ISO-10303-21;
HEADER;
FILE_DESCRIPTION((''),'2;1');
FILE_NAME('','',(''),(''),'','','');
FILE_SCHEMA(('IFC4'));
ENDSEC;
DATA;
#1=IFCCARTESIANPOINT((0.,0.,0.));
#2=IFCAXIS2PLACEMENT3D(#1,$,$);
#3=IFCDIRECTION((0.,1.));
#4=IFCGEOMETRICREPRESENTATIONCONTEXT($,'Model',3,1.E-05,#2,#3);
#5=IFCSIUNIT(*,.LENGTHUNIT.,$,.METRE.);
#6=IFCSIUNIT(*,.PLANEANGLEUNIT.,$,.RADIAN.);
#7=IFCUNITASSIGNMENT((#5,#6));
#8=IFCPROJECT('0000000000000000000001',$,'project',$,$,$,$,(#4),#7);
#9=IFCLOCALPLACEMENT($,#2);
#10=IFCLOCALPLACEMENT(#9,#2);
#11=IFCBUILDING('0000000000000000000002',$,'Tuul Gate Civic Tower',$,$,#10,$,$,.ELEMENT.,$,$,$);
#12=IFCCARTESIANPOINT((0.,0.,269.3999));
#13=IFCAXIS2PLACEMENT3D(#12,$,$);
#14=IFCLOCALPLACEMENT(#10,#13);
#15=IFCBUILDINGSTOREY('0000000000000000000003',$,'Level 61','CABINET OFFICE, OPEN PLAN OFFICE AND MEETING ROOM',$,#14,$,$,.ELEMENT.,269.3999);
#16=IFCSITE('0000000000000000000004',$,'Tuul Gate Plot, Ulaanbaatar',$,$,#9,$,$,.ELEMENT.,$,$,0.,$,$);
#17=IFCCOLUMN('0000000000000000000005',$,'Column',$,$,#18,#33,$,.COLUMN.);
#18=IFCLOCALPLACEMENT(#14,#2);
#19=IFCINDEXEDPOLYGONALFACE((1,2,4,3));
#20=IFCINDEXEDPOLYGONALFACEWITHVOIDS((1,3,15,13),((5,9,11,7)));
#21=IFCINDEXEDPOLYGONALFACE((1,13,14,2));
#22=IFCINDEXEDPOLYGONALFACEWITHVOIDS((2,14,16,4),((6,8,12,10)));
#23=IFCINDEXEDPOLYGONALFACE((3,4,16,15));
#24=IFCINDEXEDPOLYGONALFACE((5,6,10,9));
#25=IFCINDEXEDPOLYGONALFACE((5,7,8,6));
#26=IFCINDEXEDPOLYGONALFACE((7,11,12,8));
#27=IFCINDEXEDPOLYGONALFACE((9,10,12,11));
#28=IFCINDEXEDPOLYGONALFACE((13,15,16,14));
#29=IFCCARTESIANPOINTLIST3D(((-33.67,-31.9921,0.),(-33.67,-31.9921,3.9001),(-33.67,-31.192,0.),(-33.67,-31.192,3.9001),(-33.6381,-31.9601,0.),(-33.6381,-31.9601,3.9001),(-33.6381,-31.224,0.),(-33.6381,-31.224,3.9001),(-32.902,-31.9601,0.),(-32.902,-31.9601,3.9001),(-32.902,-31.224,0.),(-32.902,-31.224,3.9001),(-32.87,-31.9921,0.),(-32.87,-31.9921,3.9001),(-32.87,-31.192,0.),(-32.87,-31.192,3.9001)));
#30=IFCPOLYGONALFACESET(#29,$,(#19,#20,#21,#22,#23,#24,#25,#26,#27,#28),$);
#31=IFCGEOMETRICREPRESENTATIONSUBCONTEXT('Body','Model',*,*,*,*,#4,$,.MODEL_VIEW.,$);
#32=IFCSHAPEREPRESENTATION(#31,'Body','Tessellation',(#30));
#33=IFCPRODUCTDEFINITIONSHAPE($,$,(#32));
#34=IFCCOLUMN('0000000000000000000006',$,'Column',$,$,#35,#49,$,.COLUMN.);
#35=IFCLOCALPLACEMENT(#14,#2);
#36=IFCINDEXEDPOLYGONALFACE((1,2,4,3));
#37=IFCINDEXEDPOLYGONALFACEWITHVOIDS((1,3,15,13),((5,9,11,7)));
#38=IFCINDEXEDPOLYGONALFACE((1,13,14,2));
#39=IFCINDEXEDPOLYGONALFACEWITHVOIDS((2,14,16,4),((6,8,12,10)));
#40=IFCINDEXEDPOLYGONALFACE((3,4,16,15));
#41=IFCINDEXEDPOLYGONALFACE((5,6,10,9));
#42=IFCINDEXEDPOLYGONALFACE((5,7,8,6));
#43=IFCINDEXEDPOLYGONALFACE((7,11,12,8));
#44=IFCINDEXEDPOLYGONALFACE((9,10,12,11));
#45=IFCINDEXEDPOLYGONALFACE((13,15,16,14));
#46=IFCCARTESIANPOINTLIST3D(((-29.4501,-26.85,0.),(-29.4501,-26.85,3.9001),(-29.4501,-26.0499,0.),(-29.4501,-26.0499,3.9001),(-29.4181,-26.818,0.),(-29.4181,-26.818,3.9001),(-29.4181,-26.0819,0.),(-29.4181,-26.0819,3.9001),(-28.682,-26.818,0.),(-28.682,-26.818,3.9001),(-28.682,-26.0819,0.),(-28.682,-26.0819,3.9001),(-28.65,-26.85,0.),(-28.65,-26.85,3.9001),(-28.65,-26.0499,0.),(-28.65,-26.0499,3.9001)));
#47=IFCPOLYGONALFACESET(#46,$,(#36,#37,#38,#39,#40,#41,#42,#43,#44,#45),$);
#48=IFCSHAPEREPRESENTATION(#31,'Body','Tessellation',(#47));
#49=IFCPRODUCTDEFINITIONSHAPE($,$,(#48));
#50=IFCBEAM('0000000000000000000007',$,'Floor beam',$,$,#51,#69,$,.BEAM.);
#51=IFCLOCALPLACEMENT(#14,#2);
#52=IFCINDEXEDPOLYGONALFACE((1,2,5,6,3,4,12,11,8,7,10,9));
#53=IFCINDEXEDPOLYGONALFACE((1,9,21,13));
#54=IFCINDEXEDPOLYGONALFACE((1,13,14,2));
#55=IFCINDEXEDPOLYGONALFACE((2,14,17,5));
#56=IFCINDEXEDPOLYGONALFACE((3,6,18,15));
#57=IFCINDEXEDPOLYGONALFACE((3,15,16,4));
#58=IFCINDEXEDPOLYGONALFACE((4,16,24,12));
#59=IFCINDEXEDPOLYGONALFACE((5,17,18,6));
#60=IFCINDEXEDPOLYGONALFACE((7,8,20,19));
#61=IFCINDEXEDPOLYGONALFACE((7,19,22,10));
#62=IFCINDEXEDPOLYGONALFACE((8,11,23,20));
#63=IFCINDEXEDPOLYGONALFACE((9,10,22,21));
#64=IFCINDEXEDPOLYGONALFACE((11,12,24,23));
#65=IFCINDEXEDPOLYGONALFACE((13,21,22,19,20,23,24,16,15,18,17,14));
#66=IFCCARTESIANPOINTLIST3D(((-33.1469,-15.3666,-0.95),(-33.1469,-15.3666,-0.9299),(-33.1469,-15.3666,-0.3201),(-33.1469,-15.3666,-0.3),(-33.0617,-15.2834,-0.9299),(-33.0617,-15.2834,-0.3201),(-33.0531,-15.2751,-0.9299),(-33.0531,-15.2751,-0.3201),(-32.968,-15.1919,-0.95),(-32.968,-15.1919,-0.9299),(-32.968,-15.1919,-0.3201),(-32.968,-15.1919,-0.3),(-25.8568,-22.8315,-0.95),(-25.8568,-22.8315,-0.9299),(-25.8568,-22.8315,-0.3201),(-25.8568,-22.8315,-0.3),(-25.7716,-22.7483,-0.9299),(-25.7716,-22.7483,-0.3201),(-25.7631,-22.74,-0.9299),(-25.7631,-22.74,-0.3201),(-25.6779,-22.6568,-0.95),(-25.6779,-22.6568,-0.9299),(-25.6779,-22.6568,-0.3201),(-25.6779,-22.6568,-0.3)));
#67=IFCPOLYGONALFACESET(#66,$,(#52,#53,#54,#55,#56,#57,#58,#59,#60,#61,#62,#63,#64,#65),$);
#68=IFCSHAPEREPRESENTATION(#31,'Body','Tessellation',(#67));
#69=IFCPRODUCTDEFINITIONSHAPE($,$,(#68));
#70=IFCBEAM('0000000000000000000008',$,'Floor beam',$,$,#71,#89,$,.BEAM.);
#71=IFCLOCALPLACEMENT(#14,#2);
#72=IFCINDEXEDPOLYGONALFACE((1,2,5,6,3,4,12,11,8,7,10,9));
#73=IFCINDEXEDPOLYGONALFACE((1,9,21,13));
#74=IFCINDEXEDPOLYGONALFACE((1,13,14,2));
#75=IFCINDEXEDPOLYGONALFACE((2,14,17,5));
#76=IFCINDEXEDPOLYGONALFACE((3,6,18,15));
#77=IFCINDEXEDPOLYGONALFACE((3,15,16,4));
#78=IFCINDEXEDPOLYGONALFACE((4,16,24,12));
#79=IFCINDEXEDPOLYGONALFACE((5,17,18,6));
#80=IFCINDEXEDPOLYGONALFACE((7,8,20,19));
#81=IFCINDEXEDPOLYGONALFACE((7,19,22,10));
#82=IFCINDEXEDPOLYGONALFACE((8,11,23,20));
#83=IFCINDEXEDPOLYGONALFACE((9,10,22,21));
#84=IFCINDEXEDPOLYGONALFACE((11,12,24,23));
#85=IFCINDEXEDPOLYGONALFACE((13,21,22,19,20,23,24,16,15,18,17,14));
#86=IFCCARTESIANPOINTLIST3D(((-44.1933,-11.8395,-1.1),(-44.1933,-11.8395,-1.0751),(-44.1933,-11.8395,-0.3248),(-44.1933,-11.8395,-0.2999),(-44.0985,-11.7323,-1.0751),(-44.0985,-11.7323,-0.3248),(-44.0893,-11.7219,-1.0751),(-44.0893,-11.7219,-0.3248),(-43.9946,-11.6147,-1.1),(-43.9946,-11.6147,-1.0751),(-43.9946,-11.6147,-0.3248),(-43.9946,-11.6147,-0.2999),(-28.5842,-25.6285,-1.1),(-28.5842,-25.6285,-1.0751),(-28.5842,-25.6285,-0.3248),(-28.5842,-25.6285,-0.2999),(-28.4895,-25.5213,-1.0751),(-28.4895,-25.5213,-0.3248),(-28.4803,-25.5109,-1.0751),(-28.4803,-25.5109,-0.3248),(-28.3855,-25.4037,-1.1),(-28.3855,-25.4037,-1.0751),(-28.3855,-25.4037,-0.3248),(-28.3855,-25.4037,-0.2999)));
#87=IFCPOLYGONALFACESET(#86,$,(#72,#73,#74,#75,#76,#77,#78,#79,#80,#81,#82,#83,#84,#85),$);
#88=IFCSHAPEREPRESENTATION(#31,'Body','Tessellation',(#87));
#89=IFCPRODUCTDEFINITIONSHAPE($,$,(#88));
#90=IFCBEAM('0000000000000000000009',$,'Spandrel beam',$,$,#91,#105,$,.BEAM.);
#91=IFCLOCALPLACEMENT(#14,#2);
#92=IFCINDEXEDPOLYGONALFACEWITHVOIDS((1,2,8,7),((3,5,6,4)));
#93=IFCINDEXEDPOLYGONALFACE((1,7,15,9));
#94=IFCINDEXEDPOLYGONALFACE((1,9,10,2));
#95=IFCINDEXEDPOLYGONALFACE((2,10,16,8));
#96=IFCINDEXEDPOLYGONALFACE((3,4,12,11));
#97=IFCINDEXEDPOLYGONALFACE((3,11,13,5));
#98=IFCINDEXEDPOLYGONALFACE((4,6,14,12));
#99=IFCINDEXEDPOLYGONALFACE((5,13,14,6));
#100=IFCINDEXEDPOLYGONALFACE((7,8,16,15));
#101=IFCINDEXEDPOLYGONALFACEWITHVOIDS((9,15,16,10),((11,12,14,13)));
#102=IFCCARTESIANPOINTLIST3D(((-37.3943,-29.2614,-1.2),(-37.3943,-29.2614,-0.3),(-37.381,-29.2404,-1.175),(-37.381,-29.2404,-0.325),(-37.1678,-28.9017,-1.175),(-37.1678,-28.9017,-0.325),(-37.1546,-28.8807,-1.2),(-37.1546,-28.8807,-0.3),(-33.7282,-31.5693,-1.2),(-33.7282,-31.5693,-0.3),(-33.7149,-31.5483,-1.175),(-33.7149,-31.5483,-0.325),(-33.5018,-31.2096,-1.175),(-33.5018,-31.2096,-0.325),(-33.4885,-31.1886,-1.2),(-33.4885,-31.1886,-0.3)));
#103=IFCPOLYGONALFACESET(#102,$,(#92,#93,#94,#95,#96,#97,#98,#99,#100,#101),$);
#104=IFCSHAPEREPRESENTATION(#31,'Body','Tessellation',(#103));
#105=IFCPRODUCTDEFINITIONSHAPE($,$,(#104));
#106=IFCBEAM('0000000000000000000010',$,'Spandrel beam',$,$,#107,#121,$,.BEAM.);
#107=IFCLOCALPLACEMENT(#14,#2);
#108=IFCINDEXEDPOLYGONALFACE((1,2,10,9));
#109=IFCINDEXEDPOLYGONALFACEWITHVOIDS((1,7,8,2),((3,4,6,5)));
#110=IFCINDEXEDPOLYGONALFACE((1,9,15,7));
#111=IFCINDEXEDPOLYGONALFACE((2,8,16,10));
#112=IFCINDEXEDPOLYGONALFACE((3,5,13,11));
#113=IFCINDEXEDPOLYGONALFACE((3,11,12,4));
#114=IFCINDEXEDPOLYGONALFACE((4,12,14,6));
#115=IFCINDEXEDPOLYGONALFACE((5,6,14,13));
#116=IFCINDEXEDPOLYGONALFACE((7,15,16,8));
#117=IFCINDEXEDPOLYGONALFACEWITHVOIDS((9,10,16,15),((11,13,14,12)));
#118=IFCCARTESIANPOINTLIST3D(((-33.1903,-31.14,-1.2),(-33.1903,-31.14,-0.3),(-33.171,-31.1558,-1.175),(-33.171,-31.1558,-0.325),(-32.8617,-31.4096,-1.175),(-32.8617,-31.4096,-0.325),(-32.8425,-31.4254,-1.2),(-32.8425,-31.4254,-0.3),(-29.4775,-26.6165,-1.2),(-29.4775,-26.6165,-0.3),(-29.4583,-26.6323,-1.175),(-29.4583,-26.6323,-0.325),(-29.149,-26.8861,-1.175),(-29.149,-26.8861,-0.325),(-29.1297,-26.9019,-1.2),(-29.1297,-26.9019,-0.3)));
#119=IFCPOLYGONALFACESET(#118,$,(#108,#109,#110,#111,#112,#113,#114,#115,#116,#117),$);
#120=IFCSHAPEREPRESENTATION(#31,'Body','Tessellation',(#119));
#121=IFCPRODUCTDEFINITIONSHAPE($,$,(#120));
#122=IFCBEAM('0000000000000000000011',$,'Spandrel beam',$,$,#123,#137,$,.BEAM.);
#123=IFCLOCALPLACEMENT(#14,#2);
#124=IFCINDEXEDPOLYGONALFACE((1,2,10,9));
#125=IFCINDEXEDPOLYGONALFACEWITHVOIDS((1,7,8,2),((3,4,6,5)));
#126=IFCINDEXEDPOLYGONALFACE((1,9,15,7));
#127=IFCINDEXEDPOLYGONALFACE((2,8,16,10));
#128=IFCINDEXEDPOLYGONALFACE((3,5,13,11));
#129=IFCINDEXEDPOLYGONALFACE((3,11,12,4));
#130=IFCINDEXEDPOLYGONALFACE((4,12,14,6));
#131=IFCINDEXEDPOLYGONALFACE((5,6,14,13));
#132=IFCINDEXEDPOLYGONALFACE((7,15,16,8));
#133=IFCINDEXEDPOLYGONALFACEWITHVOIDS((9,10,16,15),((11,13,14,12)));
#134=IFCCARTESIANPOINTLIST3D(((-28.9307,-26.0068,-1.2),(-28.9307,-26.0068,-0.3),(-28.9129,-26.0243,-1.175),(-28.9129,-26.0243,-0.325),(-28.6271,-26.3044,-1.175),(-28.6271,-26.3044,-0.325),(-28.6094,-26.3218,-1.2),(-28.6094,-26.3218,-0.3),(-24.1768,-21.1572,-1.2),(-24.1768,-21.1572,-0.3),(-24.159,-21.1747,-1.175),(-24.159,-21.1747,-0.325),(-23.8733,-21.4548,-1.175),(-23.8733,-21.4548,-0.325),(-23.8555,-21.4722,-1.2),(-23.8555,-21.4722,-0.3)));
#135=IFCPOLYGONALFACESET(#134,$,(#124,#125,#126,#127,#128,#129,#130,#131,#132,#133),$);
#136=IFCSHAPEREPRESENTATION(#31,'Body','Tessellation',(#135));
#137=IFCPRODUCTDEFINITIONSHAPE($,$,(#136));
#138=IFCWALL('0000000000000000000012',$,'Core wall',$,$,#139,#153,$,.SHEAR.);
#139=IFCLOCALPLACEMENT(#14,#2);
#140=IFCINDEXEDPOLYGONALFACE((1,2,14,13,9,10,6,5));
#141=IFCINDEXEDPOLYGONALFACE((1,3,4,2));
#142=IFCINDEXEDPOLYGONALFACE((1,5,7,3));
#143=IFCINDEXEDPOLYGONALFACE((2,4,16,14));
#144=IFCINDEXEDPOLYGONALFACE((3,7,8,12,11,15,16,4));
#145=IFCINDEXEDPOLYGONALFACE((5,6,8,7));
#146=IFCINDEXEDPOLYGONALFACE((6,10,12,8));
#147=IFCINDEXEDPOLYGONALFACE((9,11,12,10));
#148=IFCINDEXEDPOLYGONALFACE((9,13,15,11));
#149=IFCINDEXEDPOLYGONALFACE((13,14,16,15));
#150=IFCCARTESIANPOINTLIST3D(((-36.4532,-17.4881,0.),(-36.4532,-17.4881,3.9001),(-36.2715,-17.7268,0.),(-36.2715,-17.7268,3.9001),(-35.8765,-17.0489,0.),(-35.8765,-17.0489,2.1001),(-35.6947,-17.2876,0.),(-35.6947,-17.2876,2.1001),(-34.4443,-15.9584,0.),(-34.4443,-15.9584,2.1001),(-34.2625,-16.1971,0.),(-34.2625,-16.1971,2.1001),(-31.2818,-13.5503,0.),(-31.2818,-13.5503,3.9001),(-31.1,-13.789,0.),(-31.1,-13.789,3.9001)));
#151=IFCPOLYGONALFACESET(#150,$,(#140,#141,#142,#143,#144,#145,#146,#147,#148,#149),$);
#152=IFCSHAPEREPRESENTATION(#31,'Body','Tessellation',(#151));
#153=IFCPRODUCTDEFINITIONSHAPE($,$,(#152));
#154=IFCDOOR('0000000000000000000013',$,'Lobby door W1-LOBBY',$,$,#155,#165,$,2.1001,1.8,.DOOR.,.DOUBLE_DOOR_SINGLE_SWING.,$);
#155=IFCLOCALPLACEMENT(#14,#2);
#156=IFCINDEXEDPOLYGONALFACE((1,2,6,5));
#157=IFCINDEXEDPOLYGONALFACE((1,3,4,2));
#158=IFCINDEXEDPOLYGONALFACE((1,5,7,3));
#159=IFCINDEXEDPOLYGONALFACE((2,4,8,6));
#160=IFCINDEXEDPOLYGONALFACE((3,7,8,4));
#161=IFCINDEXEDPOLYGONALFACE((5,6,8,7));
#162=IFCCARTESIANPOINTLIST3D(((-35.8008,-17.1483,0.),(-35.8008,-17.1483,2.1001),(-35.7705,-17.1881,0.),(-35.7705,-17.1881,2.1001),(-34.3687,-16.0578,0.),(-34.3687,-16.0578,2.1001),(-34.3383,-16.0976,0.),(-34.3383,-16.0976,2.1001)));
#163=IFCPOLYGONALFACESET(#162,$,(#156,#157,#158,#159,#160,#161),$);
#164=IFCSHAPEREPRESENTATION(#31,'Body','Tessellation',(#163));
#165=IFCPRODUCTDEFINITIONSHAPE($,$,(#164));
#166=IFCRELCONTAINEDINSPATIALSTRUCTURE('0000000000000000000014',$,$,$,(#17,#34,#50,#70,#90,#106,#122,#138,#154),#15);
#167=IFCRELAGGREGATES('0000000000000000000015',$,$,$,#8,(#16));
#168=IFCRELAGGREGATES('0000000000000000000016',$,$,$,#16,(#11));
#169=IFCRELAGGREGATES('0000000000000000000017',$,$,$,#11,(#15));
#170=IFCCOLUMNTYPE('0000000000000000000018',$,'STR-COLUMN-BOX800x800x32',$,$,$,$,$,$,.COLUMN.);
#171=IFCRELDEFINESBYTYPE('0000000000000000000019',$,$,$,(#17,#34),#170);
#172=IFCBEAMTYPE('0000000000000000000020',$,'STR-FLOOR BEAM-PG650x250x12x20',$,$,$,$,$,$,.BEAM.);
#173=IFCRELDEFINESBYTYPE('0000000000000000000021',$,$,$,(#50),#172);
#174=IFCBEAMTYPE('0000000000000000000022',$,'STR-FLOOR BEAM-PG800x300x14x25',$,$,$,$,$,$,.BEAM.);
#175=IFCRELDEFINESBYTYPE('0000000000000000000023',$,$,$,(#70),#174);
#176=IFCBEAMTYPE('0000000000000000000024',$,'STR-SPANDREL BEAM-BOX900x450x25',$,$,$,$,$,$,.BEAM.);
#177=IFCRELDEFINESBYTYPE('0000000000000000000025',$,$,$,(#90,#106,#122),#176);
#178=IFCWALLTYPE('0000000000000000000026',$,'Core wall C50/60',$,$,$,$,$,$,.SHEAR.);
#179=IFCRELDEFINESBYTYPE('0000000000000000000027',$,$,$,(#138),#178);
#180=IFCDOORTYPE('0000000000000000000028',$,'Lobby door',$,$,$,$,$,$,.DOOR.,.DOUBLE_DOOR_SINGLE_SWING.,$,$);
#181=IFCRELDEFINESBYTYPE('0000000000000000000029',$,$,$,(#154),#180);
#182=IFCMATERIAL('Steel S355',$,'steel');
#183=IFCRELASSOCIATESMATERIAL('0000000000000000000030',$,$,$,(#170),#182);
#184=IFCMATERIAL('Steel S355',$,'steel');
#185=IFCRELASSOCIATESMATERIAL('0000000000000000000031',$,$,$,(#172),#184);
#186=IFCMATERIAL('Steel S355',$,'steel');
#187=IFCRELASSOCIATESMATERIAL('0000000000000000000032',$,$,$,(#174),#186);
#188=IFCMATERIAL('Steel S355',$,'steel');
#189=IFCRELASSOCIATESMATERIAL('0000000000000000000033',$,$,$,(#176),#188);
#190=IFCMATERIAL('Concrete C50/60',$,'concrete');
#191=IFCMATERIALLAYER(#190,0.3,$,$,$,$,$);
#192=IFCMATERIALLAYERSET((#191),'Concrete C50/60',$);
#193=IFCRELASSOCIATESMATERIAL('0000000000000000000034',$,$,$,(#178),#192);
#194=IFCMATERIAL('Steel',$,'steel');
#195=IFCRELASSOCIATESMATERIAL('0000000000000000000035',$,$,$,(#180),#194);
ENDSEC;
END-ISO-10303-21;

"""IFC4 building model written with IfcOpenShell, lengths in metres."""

from ifc_helpers import new_model, si_unit, direction, frame, frame_2d, origin, origin_2d, place, context, subcontext, project, spatial, rectangle, hollow_rectangle, i_section, extrude, material, layer, layer_set, material_profile, profile_set, type_object, element, fill, save


model = new_model("IFC4")

# Units and contexts
model_context = context("Model", 3, precision=1e-05, world=origin(), true_north=direction((0.0, 1.0)))
body_context = subcontext(model_context, "Body", "Model", "MODEL_VIEW")
ifc_project = project(units=[si_unit("LENGTHUNIT", "METRE"), si_unit("PLANEANGLEUNIT", "RADIAN")], contexts=[model_context])

# Site, building, storey
site_placement = place(None, origin())
site = spatial("IfcSite", under=ifc_project, at=site_placement, Name="Tuul Gate Plot, Ulaanbaatar", CompositionType="ELEMENT", RefElevation=0.0)
building_placement = place(site_placement, origin())
building = spatial("IfcBuilding", under=site, at=building_placement, Name="Tuul Gate Civic Tower", CompositionType="ELEMENT")
storey_placement = place(building_placement, frame((0.0, 0.0, 269.3999)))
storey = spatial("IfcBuildingStorey", under=building, at=storey_placement, Name="Level 61", Description="CABINET OFFICE, OPEN PLAN OFFICE AND MEETING ROOM", CompositionType="ELEMENT", Elevation=269.3999)

# Columns
ifc_material_1 = material(Name="Steel S355", Category="steel")
ifc_material_profile_1 = material_profile(ifc_material_1, hollow_rectangle(XDim=0.8, YDim=0.8, WallThickness=0.032, at=origin_2d()), Name="BOX800x800x32")
ifc_profile_set_1 = profile_set([ifc_material_profile_1], Name="Steel S355")
column_type = type_object("IfcColumnType", Name="STR-COLUMN-BOX800x800x32", PredefinedType="COLUMN", material=ifc_profile_set_1)
for number, where, z_axis, x_axis, name in (
    (1, (-33.27, -31.592, 0.0), (0.0, 0.0, 1.0), (1.0, 0.0, 0.0), "Column"),
    (2, (-29.05, -26.45, 0.0), (0.0, 0.0, 1.0), (1.0, 0.0, 0.0), "Column"),
):
    element("IfcColumn", number, at=place(storey_placement, frame(where, z_axis=z_axis, x_axis=x_axis)), inside=storey, type_object=column_type, Name=name, PredefinedType="COLUMN", context=body_context, shape_type="SweptSolid", body=[
        extrude(hollow_rectangle(XDim=0.8, YDim=0.8, WallThickness=0.032, at=origin_2d()), origin(), (0.0, 0.0, 1.0), 3.9001),
    ])

# Beams
ifc_material_2 = material(Name="Steel S355", Category="steel")
ifc_material_profile_2 = material_profile(ifc_material_2, i_section(OverallWidth=0.25, OverallDepth=0.6499, WebThickness=0.012, FlangeThickness=0.02, at=origin_2d()), Name="PG650x250x12x20")
ifc_profile_set_2 = profile_set([ifc_material_profile_2], Name="Steel S355")
beam_type_1 = type_object("IfcBeamType", Name="STR-FLOOR BEAM-PG650x250x12x20", PredefinedType="BEAM", material=ifc_profile_set_2)
beam_1_placement = place(storey_placement, frame((-25.7673, -22.7441, -0.625), z_axis=(-0.69868, 0.715434, 0.0), x_axis=(-0.715434, -0.69868, 0.0)))
element("IfcBeam", 3, at=beam_1_placement, inside=storey, type_object=beam_type_1, Name="Floor beam", PredefinedType="BEAM", context=body_context, shape_type="SweptSolid", body=[
    extrude(i_section(OverallWidth=0.25, OverallDepth=0.6499, WebThickness=0.012, FlangeThickness=0.02, at=origin_2d()), origin(), (0.0, 0.0, 1.0), 10.4341),
])
ifc_material_3 = material(Name="Steel S355", Category="steel")
ifc_material_profile_3 = material_profile(ifc_material_3, i_section(OverallWidth=0.3, OverallDepth=0.8, WebThickness=0.0139, FlangeThickness=0.0249, at=origin_2d()), Name="PG800x300x14x25")
ifc_profile_set_3 = profile_set([ifc_material_profile_3], Name="Steel S355")
beam_type_2 = type_object("IfcBeamType", Name="STR-FLOOR BEAM-PG800x300x14x25", PredefinedType="BEAM", material=ifc_profile_set_3)
beam_2_placement = place(storey_placement, frame((-28.4849, -25.5161, -0.7), z_axis=(-0.749449, 0.662062, 0.0), x_axis=(-0.662062, -0.749449, 0.0)))
element("IfcBeam", 4, at=beam_2_placement, inside=storey, type_object=beam_type_2, Name="Floor beam", PredefinedType="BEAM", context=body_context, shape_type="SweptSolid", body=[
    extrude(i_section(OverallWidth=0.3, OverallDepth=0.8, WebThickness=0.0139, FlangeThickness=0.0249, at=origin_2d()), origin(), (0.0, 0.0, 1.0), 20.8274),
])
ifc_material_4 = material(Name="Steel S355", Category="steel")
ifc_material_profile_4 = material_profile(ifc_material_4, hollow_rectangle(XDim=0.45, YDim=0.8999, WallThickness=0.0249, at=origin_2d()), Name="BOX900x450x25")
ifc_profile_set_4 = profile_set([ifc_material_profile_4], Name="Steel S355")
beam_type_3 = type_object("IfcBeamType", Name="STR-SPANDREL BEAM-BOX900x450x25", PredefinedType="BEAM", material=ifc_profile_set_4)
beam_3_placement = place(storey_placement, frame((-37.2744, -29.071, -0.75), z_axis=(0.846271, -0.532752, 0.0), x_axis=(0.532752, 0.846271, 0.0)))
element("IfcBeam", 5, at=beam_3_placement, inside=storey, type_object=beam_type_3, Name="Spandrel beam", PredefinedType="BEAM", context=body_context, shape_type="SweptSolid", body=[
    extrude(hollow_rectangle(XDim=0.45, YDim=0.8999, WallThickness=0.0249, at=origin_2d()), origin(), (0.0, 0.0, 1.0), 4.332),
])
beam_4_placement = place(storey_placement, frame((-33.0164, -31.2827, -0.75), z_axis=(0.63443, 0.772981, 0.0), x_axis=(-0.772981, 0.63443, 0.0)))
element("IfcBeam", 6, at=beam_4_placement, inside=storey, type_object=beam_type_3, Name="Spandrel beam", PredefinedType="BEAM", context=body_context, shape_type="SweptSolid", body=[
    extrude(hollow_rectangle(XDim=0.45, YDim=0.8999, WallThickness=0.0249, at=origin_2d()), origin(), (0.0, 0.0, 1.0), 5.8521),
])
beam_5_placement = place(storey_placement, frame((-28.77, -26.1643, -0.75), z_axis=(0.700025, 0.714118, 0.0), x_axis=(-0.714118, 0.700025, 0.0)))
element("IfcBeam", 7, at=beam_5_placement, inside=storey, type_object=beam_type_3, Name="Spandrel beam", PredefinedType="BEAM", context=body_context, shape_type="SweptSolid", body=[
    extrude(hollow_rectangle(XDim=0.45, YDim=0.8999, WallThickness=0.0249, at=origin_2d()), origin(), (0.0, 0.0, 1.0), 6.791),
])

# Wall, opening, door
ifc_material_5 = material(Name="Concrete C50/60", Category="concrete")
ifc_layer_1 = layer(ifc_material_5, 0.3)
ifc_layer_set_1 = layer_set([ifc_layer_1], Name="Concrete C50/60")
wall_type_1 = type_object("IfcWallType", Name="Core wall C50/60", PredefinedType="SHEAR", material=ifc_layer_set_1)
wall_1_placement = place(storey_placement, frame((-31.1909, -13.6697, 0.0), z_axis=(0.0, 0.0, 1.0), x_axis=(-0.795607, -0.605813, 0.0)))
wall_1 = element("IfcWall", 8, at=wall_1_placement, inside=storey, type_object=wall_type_1, Name="Core wall", PredefinedType="SHEAR", context=body_context, shape_type="SweptSolid", body=[
    extrude(rectangle(XDim=6.5, YDim=0.3, at=frame_2d((3.25, 0.0))), origin(), (0.0, 0.0, 1.0), 3.9001),
])
opening_1_placement = place(wall_1_placement, frame((3.9751, 0.0, 0.0)))
opening_1 = element("IfcOpeningElement", 9, at=opening_1_placement, cuts=wall_1, PredefinedType="OPENING", context=body_context, shape_type="SweptSolid", body=[
    extrude(rectangle(XDim=1.8, YDim=2.1001, at=frame_2d((0.8999, 1.05))), frame((0.0, 0.1602, 0.0), z_axis=(0.0, -1.0, 0.0), x_axis=(1.0, 0.0, 0.0)), (0.0, 0.0, 1.0), 0.3201),
])
ifc_material_6 = material(Name="Steel", Category="steel")
door_type_1 = type_object("IfcDoorType", Name="Lobby door", OperationType="DOUBLE_DOOR_SINGLE_SWING", PredefinedType="DOOR", material=ifc_material_6)
door_1_placement = place(opening_1_placement, origin())
door_1 = element("IfcDoor", 10, at=door_1_placement, inside=storey, type_object=door_type_1, Name="Lobby door W1-LOBBY", OperationType="DOUBLE_DOOR_SINGLE_SWING", OverallHeight=2.1001, OverallWidth=1.8, PredefinedType="DOOR", context=body_context, shape_type="SweptSolid", body=[
    extrude(rectangle(XDim=1.8, YDim=2.1001, at=frame_2d((0.8999, 1.05))), frame((0.0, 0.0249, 0.0), z_axis=(0.0, -1.0, 0.0), x_axis=(1.0, 0.0, 0.0)), (0.0, 0.0, 1.0), 0.05),
])
fill(opening_1, door_1)

save(model, "model.ifc")
